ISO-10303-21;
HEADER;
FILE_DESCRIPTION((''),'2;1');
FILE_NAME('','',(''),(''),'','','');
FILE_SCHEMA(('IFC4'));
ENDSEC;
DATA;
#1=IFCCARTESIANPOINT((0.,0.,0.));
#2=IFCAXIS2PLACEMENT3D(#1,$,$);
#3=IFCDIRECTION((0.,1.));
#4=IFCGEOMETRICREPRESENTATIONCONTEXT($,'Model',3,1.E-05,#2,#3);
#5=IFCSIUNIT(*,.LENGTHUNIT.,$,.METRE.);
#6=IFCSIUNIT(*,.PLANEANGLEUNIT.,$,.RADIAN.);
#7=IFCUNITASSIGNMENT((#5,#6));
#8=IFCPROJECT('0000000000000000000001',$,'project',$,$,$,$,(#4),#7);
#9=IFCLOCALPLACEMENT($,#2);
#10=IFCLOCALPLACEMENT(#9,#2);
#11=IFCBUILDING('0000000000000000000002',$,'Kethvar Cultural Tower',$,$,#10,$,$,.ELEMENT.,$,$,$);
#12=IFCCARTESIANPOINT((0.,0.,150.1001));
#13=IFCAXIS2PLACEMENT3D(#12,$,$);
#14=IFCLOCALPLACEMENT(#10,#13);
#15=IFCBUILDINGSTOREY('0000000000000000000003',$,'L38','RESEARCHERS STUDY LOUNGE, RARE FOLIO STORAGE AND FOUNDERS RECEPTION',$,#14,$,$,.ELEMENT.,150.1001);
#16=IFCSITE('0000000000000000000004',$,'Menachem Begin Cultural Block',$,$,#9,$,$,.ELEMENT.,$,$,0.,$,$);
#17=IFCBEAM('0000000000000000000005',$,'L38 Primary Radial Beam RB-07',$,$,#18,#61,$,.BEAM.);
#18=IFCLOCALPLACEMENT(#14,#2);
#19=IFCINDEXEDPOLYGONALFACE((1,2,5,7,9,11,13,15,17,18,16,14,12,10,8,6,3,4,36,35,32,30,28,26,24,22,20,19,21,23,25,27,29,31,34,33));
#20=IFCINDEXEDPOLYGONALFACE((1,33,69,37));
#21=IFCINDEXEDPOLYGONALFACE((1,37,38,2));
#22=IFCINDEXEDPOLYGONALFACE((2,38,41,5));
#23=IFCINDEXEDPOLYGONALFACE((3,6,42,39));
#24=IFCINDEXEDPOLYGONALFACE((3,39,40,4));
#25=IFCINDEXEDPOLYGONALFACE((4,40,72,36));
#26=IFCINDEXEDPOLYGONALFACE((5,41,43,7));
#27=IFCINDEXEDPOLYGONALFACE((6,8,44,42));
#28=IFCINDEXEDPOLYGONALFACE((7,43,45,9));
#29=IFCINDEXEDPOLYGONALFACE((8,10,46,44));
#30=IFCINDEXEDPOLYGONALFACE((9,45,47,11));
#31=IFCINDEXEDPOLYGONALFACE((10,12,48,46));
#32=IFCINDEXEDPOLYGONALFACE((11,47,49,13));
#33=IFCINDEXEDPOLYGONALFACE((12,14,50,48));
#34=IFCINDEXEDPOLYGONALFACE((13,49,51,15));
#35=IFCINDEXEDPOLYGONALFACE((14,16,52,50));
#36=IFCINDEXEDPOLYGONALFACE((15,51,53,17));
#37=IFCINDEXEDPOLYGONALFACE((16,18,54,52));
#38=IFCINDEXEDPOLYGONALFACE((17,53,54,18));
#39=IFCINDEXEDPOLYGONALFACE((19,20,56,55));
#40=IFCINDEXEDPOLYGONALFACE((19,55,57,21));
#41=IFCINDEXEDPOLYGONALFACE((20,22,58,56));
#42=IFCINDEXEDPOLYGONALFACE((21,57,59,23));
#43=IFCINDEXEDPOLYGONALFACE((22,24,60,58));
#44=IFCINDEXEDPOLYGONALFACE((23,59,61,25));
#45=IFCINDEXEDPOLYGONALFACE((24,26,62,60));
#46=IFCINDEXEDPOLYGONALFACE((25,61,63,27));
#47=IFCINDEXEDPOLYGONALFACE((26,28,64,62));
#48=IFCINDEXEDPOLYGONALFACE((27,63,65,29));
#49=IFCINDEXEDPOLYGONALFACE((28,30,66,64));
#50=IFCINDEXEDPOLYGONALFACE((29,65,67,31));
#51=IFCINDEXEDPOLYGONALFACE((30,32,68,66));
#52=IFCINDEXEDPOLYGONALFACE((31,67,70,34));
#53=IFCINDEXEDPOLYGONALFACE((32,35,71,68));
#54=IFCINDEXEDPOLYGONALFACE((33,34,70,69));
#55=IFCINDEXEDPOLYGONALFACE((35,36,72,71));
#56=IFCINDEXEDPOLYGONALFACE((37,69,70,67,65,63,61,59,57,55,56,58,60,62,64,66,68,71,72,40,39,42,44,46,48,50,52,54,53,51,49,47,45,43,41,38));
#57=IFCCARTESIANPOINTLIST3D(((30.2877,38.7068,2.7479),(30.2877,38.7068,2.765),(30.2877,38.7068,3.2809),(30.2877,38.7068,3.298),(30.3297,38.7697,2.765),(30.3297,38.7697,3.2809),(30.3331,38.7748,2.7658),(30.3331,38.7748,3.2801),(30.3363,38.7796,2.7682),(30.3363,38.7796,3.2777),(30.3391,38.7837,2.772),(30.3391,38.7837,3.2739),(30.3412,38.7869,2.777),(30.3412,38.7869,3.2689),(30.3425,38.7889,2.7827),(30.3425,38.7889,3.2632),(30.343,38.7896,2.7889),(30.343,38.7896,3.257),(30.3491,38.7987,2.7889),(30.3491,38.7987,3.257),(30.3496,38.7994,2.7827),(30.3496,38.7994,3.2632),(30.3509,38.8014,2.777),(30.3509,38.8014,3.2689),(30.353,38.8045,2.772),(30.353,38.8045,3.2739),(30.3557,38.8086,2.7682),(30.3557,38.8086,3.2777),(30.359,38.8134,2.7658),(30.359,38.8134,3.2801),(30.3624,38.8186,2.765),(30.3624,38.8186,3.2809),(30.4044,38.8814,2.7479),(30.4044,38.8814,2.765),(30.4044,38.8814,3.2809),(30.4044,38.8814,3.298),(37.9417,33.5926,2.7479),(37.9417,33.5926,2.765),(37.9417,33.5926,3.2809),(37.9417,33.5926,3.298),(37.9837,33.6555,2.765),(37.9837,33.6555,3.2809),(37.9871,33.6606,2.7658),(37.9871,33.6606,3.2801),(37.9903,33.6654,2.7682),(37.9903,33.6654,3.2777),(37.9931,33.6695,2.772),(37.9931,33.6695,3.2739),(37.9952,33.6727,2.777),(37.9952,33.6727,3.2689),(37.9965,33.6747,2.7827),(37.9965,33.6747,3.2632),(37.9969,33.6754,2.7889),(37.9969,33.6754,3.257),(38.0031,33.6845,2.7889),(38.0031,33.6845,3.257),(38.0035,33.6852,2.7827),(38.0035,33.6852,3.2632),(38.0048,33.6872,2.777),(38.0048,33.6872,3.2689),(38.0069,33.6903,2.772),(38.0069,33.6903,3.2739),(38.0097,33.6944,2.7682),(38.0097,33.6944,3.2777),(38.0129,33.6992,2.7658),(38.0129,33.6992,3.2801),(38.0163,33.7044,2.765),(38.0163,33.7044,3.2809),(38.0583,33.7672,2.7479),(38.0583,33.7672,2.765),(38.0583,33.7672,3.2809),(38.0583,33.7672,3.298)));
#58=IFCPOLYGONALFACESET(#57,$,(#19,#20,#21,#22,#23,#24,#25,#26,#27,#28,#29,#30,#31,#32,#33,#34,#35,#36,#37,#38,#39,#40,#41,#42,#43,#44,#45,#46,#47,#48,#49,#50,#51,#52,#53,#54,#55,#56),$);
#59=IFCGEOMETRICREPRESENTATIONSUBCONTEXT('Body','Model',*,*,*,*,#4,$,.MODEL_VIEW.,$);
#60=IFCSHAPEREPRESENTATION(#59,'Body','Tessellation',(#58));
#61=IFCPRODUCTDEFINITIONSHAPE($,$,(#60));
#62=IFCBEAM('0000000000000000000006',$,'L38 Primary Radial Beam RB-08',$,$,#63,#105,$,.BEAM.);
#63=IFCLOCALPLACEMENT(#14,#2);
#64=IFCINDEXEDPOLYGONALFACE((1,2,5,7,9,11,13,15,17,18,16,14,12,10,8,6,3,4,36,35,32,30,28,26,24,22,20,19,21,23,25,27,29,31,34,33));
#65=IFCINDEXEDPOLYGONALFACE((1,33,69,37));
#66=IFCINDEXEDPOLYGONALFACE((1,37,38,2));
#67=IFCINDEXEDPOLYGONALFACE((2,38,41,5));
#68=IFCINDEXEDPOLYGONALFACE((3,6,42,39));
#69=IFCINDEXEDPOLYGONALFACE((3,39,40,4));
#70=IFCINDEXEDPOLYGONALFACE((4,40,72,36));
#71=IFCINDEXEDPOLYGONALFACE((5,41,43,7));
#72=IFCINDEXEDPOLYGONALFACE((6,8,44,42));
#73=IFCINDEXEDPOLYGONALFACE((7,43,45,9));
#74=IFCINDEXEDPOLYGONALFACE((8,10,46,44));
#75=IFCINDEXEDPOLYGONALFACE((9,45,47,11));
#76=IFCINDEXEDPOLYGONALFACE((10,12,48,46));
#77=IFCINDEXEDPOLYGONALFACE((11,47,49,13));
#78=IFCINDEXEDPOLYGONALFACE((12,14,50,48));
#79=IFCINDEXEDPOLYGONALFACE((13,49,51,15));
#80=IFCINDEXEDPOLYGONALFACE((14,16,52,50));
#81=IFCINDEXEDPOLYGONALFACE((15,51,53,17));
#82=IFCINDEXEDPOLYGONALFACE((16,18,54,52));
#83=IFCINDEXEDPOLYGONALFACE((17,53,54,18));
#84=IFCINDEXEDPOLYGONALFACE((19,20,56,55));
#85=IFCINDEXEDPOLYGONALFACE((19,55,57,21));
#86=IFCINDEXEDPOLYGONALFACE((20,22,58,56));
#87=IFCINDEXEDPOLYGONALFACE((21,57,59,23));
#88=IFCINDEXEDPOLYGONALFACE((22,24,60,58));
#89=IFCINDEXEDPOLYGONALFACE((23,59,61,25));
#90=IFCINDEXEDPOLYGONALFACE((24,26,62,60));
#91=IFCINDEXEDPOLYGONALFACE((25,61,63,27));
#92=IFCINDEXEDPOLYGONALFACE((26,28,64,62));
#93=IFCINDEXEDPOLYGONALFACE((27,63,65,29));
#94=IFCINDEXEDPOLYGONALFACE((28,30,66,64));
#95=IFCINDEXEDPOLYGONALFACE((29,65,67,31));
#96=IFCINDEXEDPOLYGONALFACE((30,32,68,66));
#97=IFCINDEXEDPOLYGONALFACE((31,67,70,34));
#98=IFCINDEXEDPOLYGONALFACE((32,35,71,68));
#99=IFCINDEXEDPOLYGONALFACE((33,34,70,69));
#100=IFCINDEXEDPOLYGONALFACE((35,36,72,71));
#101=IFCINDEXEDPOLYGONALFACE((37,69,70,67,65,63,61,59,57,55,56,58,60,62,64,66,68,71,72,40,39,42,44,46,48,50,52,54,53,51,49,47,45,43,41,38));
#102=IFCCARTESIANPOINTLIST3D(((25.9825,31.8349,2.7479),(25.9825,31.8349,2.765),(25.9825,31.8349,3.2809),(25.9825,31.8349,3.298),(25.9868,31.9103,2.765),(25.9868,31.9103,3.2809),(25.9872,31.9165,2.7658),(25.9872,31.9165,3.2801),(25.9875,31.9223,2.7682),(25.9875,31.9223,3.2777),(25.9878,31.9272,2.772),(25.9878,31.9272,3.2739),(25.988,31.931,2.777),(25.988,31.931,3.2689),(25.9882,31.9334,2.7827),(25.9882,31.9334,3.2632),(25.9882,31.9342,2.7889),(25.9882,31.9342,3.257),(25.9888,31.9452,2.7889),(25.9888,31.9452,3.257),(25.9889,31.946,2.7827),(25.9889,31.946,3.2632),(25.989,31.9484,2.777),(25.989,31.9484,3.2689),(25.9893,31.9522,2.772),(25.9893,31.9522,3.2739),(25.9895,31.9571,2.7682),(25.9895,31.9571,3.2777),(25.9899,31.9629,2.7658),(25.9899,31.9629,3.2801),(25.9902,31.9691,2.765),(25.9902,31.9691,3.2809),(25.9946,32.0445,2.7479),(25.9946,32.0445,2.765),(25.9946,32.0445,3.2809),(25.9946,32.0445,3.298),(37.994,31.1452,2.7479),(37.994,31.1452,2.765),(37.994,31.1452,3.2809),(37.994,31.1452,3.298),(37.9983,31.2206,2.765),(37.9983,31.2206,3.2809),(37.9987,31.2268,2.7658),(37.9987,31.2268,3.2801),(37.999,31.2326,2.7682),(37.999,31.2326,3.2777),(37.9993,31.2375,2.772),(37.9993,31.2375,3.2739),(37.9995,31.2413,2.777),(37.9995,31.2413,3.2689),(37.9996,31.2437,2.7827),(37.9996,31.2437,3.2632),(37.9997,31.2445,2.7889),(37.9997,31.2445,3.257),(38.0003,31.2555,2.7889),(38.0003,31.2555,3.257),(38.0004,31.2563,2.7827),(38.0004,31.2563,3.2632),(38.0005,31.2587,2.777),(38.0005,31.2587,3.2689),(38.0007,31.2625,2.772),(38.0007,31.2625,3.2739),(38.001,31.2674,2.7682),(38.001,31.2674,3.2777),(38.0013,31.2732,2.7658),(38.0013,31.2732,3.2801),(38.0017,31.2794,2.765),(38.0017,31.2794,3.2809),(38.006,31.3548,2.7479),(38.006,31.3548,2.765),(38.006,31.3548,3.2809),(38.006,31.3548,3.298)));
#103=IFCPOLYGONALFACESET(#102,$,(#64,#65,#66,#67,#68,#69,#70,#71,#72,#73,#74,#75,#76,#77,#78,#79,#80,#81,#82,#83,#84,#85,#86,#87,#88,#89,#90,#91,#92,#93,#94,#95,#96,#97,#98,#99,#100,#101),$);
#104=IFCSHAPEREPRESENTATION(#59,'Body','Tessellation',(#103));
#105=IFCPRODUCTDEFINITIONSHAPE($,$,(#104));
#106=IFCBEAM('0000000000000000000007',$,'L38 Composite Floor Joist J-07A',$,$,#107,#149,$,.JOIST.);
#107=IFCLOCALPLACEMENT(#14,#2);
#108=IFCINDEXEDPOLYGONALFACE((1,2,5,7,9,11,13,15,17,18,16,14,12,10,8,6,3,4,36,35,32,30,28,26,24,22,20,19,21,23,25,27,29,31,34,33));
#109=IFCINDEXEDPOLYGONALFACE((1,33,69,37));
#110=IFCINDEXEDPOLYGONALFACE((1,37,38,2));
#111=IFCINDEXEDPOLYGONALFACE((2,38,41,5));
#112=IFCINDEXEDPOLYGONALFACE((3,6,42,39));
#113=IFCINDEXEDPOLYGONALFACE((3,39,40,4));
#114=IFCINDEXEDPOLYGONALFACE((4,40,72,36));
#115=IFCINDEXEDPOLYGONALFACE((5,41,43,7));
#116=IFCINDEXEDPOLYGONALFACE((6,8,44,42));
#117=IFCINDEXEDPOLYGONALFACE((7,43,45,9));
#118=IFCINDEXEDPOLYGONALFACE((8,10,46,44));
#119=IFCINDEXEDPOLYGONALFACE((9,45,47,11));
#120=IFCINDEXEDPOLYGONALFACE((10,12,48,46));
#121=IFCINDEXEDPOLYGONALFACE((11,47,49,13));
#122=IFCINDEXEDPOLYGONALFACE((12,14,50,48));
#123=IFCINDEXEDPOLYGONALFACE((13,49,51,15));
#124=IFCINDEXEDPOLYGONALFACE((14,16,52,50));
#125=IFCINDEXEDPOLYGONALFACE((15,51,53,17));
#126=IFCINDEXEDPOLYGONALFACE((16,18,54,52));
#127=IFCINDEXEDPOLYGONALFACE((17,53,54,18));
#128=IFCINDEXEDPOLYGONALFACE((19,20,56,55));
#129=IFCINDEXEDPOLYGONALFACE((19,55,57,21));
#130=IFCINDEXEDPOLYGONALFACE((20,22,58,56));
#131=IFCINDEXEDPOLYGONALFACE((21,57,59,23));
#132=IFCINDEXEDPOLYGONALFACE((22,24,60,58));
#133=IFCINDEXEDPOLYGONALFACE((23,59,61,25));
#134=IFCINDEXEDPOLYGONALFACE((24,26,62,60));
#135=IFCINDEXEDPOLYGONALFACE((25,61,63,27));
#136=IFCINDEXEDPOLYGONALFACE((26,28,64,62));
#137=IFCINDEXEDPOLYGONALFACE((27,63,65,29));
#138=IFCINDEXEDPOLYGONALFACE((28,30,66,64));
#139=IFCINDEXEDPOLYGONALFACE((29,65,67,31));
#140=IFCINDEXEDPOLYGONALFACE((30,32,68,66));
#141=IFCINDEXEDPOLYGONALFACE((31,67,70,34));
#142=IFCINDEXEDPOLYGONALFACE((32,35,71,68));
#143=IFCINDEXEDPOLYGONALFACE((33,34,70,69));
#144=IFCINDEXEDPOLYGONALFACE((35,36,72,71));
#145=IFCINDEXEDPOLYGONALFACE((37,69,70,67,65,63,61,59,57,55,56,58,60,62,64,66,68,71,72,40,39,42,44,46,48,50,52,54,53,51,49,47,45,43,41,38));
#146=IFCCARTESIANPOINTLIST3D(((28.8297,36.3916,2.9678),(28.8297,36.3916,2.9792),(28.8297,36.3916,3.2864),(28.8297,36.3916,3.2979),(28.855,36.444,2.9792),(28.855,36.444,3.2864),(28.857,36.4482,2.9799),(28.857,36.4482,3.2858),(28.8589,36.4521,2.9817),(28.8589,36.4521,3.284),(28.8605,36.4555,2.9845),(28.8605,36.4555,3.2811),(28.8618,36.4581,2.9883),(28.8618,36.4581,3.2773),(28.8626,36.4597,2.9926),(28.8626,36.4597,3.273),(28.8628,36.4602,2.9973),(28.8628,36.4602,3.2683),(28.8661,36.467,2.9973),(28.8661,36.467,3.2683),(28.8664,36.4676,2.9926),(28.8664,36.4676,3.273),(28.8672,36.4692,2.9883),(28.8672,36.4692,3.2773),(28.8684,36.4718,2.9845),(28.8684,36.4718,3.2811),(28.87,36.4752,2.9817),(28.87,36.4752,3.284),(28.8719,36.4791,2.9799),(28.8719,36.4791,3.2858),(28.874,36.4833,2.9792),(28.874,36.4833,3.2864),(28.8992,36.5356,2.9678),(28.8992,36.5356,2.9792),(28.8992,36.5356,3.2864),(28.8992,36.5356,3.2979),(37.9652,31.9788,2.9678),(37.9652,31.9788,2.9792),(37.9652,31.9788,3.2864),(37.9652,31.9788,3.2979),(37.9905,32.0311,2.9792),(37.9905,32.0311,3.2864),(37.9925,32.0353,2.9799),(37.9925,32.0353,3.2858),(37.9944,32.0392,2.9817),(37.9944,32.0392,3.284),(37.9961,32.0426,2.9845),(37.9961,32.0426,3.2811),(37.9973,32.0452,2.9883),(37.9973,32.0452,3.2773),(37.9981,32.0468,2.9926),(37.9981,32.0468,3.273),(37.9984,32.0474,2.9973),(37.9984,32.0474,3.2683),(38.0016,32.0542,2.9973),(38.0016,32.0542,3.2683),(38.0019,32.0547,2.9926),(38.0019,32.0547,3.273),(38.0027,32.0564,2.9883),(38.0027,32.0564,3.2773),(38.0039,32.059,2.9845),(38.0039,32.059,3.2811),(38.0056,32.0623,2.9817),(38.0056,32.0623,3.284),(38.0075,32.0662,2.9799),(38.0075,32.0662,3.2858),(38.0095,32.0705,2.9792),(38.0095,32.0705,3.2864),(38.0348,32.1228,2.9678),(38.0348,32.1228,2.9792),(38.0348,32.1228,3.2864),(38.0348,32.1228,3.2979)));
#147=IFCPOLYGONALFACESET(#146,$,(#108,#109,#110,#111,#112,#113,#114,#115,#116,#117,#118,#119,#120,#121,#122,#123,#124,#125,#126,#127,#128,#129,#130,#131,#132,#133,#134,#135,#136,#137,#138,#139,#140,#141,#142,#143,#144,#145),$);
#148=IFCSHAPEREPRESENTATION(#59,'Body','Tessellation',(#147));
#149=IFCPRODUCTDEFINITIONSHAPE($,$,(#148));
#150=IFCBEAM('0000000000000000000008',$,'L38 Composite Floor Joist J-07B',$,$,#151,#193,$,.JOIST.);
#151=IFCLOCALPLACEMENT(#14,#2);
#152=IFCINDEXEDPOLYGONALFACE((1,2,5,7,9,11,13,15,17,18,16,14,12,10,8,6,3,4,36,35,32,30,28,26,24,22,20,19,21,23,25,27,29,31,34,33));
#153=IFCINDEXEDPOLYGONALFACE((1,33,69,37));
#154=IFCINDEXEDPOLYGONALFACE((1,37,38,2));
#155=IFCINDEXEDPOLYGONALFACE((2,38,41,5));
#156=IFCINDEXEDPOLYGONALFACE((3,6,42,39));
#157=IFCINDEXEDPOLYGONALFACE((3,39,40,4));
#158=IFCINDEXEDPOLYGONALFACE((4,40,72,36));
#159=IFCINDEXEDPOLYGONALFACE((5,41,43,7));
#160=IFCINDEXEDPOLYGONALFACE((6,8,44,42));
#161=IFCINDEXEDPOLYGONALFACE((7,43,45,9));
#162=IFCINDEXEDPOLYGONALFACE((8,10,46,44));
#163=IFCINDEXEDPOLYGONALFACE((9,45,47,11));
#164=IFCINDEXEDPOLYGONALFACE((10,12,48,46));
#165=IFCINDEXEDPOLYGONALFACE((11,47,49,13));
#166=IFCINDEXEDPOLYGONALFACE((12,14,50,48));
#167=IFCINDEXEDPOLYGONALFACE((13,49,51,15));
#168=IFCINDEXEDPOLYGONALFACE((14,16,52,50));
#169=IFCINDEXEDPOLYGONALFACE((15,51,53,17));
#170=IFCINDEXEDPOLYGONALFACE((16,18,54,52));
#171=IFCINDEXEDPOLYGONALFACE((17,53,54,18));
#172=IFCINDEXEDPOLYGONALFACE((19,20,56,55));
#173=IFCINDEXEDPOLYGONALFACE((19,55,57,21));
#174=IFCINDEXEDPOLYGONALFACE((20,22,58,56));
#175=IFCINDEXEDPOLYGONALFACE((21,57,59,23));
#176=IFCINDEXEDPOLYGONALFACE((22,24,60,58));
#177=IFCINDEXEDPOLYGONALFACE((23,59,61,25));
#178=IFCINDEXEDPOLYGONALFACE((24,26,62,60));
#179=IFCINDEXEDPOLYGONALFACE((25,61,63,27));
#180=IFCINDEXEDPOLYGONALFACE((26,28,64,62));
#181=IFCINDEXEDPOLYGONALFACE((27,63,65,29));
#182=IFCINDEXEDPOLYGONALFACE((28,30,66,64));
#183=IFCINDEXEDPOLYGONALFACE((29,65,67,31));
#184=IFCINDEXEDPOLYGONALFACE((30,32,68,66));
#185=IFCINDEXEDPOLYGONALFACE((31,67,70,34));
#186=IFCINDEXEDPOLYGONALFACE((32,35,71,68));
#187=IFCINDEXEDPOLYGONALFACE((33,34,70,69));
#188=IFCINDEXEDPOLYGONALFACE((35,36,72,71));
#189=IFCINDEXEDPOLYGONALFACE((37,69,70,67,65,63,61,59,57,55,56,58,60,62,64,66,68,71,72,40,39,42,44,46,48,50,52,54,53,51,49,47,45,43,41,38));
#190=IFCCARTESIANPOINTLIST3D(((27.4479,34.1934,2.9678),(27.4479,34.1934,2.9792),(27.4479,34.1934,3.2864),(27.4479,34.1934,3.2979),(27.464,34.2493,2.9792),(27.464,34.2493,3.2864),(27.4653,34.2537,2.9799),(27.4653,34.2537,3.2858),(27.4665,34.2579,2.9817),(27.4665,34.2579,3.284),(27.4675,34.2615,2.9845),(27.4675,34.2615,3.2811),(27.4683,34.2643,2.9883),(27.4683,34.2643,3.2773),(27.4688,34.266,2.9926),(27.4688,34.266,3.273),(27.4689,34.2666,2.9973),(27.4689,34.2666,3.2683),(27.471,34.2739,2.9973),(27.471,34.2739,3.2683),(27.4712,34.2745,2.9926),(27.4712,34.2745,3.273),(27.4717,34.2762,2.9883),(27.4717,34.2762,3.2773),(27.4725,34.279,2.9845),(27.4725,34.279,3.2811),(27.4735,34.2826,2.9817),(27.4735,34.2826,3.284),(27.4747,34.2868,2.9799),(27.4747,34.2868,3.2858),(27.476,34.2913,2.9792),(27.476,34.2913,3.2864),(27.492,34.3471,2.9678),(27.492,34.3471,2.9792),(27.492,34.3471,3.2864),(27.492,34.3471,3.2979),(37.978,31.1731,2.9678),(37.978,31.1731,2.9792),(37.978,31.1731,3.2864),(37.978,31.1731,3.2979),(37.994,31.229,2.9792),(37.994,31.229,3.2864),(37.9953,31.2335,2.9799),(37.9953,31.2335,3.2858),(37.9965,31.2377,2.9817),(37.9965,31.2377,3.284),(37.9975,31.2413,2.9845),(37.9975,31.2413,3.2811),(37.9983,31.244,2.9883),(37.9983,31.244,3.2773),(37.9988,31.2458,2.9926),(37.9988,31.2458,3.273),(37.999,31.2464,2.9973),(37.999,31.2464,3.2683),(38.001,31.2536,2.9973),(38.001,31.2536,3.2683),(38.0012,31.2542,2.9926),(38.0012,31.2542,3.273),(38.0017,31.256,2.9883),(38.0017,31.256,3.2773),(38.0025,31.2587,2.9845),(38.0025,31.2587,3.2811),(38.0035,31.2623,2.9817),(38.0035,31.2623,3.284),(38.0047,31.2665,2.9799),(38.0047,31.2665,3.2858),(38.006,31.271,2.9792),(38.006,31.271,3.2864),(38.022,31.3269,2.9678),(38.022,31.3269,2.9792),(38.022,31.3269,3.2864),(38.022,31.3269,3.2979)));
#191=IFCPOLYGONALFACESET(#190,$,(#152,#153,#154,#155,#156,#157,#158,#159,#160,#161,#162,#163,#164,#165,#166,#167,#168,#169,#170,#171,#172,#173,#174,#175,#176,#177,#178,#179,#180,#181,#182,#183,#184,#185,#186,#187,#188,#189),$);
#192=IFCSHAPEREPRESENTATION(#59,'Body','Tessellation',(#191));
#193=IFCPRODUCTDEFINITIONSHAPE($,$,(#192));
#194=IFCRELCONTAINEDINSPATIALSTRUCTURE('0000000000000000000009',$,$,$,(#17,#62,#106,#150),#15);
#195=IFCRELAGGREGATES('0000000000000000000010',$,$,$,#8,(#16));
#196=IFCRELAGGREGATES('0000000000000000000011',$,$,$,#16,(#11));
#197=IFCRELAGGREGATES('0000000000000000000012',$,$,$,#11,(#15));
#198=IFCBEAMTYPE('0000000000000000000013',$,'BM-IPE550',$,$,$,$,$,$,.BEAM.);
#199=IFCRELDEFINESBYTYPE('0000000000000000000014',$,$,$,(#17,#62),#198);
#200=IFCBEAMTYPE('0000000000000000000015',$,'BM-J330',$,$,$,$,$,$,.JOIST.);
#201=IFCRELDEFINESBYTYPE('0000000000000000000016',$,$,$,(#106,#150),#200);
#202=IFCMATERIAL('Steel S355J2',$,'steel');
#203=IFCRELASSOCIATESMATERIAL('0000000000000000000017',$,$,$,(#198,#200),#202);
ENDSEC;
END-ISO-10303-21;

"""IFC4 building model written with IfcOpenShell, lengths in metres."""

from ifc_helpers import new_model, si_unit, direction, frame, origin, origin_2d, place, context, subcontext, project, spatial, i_section, extrude, source, transform, mapped, material, material_profile, profile_set, type_object, element, save


model = new_model("IFC4")

# Units and contexts
model_context = context("Model", 3, precision=1e-05, world=origin(), true_north=direction((0.0, 1.0)))
body_context = subcontext(model_context, "Body", "Model", "MODEL_VIEW")
ifc_project = project(units=[si_unit("LENGTHUNIT", "METRE"), si_unit("PLANEANGLEUNIT", "RADIAN")], contexts=[model_context])

# Site, building, storey
site_placement = place(None, origin())
site = spatial("IfcSite", under=ifc_project, at=site_placement, Name="Menachem Begin Cultural Block", CompositionType="ELEMENT", RefElevation=0.0)
building_placement = place(site_placement, origin())
building = spatial("IfcBuilding", under=site, at=building_placement, Name="Kethvar Cultural Tower", CompositionType="ELEMENT")
storey_placement = place(building_placement, frame((0.0, 0.0, 150.1001)))
storey = spatial("IfcBuildingStorey", under=building, at=storey_placement, Name="L38", Description="RESEARCHERS STUDY LOUNGE, RARE FOLIO STORAGE AND FOUNDERS RECEPTION", CompositionType="ELEMENT", Elevation=150.1001)

# Beams
ifc_material_1 = material(Name="Steel S355J2", Category="steel")
ifc_material_profile_1 = material_profile(ifc_material_1, i_section(OverallWidth=0.21, OverallDepth=0.55, WebThickness=0.011, FlangeThickness=0.0171, FilletRadius=0.0239, at=origin_2d()), Name="Steel S355J2 — IPE550")
ifc_profile_set_1 = profile_set([ifc_material_profile_1], Name="Steel S355J2 — IPE550")
beam_type_1 = type_object("IfcBeamType", Name="BM-IPE550", PredefinedType="BEAM", material=ifc_profile_set_1)
shared_shape_1 = source(origin(), body_context, "Body", "SweptSolid", [
    extrude(i_section(OverallWidth=0.21, OverallDepth=0.55, WebThickness=0.011, FlangeThickness=0.0171, FilletRadius=0.0239, at=origin_2d()), origin(), (0.0, 0.0, 1.0), 9.2053),
])
beam_1_placement = place(storey_placement, frame((38.0, 33.6799, 3.0229), z_axis=(-0.83147, 0.555569, 0.0), x_axis=(-0.555569, -0.83147, 0.0)))
element("IfcBeam", 1, at=beam_1_placement, inside=storey, type_object=beam_type_1, Name="L38 Primary Radial Beam RB-07", PredefinedType="BEAM", context=body_context, shape_type="MappedRepresentation", body=[
    mapped(shared_shape_1, transform((0.0, 0.0, 0.0), scale=1.0)),
])
shared_shape_2 = source(origin(), body_context, "Body", "SweptSolid", [
    extrude(i_section(OverallWidth=0.21, OverallDepth=0.55, WebThickness=0.011, FlangeThickness=0.0171, FilletRadius=0.0239, at=origin_2d()), origin(), (0.0, 0.0, 1.0), 12.0312),
])
beam_2_placement = place(storey_placement, frame((38.0, 31.25, 3.0229), z_axis=(-0.998356, 0.057325, 0.0), x_axis=(-0.057325, -0.998356, 0.0)))
element("IfcBeam", 2, at=beam_2_placement, inside=storey, type_object=beam_type_1, Name="L38 Primary Radial Beam RB-08", PredefinedType="BEAM", context=body_context, shape_type="MappedRepresentation", body=[
    mapped(shared_shape_2, transform((0.0, 0.0, 0.0), scale=1.0)),
])
ifc_material_profile_2 = material_profile(ifc_material_1, i_section(OverallWidth=0.1599, OverallDepth=0.3301, WebThickness=0.0076, FlangeThickness=0.0115, FilletRadius=0.0181, at=origin_2d()), Name="Steel S355J2 — IPE330")
ifc_profile_set_2 = profile_set([ifc_material_profile_2], Name="Steel S355J2 — IPE330")
beam_type_2 = type_object("IfcBeamType", Name="BM-J330", PredefinedType="JOIST", material=ifc_profile_set_2)
shared_shape_3 = source(origin(), body_context, "Body", "SweptSolid", [
    extrude(i_section(OverallWidth=0.1599, OverallDepth=0.3301, WebThickness=0.0076, FlangeThickness=0.0115, FilletRadius=0.0181, at=origin_2d()), origin(), (0.0, 0.0, 1.0), 10.1455),
])
beam_3_placement = place(storey_placement, frame((38.0, 32.0508, 3.1328), z_axis=(-0.900451, 0.434957, 0.0), x_axis=(-0.434957, -0.900451, 0.0)))
element("IfcBeam", 3, at=beam_3_placement, inside=storey, type_object=beam_type_2, Name="L38 Composite Floor Joist J-07A", PredefinedType="JOIST", context=body_context, shape_type="MappedRepresentation", body=[
    mapped(shared_shape_3, transform((0.0, 0.0, 0.0), scale=1.0)),
])
shared_shape_4 = source(origin(), body_context, "Body", "SweptSolid", [
    extrude(i_section(OverallWidth=0.1599, OverallDepth=0.3301, WebThickness=0.0076, FlangeThickness=0.0115, FilletRadius=0.0181, at=origin_2d()), origin(), (0.0, 0.0, 1.0), 10.9546),
])
beam_4_placement = place(storey_placement, frame((38.0, 31.25, 3.1328), z_axis=(-0.961242, 0.275707, 0.0), x_axis=(-0.275707, -0.961242, 0.0)))
element("IfcBeam", 4, at=beam_4_placement, inside=storey, type_object=beam_type_2, Name="L38 Composite Floor Joist J-07B", PredefinedType="JOIST", context=body_context, shape_type="MappedRepresentation", body=[
    mapped(shared_shape_4, transform((0.0, 0.0, 0.0), scale=1.0)),
])

save(model, "model.ifc")
